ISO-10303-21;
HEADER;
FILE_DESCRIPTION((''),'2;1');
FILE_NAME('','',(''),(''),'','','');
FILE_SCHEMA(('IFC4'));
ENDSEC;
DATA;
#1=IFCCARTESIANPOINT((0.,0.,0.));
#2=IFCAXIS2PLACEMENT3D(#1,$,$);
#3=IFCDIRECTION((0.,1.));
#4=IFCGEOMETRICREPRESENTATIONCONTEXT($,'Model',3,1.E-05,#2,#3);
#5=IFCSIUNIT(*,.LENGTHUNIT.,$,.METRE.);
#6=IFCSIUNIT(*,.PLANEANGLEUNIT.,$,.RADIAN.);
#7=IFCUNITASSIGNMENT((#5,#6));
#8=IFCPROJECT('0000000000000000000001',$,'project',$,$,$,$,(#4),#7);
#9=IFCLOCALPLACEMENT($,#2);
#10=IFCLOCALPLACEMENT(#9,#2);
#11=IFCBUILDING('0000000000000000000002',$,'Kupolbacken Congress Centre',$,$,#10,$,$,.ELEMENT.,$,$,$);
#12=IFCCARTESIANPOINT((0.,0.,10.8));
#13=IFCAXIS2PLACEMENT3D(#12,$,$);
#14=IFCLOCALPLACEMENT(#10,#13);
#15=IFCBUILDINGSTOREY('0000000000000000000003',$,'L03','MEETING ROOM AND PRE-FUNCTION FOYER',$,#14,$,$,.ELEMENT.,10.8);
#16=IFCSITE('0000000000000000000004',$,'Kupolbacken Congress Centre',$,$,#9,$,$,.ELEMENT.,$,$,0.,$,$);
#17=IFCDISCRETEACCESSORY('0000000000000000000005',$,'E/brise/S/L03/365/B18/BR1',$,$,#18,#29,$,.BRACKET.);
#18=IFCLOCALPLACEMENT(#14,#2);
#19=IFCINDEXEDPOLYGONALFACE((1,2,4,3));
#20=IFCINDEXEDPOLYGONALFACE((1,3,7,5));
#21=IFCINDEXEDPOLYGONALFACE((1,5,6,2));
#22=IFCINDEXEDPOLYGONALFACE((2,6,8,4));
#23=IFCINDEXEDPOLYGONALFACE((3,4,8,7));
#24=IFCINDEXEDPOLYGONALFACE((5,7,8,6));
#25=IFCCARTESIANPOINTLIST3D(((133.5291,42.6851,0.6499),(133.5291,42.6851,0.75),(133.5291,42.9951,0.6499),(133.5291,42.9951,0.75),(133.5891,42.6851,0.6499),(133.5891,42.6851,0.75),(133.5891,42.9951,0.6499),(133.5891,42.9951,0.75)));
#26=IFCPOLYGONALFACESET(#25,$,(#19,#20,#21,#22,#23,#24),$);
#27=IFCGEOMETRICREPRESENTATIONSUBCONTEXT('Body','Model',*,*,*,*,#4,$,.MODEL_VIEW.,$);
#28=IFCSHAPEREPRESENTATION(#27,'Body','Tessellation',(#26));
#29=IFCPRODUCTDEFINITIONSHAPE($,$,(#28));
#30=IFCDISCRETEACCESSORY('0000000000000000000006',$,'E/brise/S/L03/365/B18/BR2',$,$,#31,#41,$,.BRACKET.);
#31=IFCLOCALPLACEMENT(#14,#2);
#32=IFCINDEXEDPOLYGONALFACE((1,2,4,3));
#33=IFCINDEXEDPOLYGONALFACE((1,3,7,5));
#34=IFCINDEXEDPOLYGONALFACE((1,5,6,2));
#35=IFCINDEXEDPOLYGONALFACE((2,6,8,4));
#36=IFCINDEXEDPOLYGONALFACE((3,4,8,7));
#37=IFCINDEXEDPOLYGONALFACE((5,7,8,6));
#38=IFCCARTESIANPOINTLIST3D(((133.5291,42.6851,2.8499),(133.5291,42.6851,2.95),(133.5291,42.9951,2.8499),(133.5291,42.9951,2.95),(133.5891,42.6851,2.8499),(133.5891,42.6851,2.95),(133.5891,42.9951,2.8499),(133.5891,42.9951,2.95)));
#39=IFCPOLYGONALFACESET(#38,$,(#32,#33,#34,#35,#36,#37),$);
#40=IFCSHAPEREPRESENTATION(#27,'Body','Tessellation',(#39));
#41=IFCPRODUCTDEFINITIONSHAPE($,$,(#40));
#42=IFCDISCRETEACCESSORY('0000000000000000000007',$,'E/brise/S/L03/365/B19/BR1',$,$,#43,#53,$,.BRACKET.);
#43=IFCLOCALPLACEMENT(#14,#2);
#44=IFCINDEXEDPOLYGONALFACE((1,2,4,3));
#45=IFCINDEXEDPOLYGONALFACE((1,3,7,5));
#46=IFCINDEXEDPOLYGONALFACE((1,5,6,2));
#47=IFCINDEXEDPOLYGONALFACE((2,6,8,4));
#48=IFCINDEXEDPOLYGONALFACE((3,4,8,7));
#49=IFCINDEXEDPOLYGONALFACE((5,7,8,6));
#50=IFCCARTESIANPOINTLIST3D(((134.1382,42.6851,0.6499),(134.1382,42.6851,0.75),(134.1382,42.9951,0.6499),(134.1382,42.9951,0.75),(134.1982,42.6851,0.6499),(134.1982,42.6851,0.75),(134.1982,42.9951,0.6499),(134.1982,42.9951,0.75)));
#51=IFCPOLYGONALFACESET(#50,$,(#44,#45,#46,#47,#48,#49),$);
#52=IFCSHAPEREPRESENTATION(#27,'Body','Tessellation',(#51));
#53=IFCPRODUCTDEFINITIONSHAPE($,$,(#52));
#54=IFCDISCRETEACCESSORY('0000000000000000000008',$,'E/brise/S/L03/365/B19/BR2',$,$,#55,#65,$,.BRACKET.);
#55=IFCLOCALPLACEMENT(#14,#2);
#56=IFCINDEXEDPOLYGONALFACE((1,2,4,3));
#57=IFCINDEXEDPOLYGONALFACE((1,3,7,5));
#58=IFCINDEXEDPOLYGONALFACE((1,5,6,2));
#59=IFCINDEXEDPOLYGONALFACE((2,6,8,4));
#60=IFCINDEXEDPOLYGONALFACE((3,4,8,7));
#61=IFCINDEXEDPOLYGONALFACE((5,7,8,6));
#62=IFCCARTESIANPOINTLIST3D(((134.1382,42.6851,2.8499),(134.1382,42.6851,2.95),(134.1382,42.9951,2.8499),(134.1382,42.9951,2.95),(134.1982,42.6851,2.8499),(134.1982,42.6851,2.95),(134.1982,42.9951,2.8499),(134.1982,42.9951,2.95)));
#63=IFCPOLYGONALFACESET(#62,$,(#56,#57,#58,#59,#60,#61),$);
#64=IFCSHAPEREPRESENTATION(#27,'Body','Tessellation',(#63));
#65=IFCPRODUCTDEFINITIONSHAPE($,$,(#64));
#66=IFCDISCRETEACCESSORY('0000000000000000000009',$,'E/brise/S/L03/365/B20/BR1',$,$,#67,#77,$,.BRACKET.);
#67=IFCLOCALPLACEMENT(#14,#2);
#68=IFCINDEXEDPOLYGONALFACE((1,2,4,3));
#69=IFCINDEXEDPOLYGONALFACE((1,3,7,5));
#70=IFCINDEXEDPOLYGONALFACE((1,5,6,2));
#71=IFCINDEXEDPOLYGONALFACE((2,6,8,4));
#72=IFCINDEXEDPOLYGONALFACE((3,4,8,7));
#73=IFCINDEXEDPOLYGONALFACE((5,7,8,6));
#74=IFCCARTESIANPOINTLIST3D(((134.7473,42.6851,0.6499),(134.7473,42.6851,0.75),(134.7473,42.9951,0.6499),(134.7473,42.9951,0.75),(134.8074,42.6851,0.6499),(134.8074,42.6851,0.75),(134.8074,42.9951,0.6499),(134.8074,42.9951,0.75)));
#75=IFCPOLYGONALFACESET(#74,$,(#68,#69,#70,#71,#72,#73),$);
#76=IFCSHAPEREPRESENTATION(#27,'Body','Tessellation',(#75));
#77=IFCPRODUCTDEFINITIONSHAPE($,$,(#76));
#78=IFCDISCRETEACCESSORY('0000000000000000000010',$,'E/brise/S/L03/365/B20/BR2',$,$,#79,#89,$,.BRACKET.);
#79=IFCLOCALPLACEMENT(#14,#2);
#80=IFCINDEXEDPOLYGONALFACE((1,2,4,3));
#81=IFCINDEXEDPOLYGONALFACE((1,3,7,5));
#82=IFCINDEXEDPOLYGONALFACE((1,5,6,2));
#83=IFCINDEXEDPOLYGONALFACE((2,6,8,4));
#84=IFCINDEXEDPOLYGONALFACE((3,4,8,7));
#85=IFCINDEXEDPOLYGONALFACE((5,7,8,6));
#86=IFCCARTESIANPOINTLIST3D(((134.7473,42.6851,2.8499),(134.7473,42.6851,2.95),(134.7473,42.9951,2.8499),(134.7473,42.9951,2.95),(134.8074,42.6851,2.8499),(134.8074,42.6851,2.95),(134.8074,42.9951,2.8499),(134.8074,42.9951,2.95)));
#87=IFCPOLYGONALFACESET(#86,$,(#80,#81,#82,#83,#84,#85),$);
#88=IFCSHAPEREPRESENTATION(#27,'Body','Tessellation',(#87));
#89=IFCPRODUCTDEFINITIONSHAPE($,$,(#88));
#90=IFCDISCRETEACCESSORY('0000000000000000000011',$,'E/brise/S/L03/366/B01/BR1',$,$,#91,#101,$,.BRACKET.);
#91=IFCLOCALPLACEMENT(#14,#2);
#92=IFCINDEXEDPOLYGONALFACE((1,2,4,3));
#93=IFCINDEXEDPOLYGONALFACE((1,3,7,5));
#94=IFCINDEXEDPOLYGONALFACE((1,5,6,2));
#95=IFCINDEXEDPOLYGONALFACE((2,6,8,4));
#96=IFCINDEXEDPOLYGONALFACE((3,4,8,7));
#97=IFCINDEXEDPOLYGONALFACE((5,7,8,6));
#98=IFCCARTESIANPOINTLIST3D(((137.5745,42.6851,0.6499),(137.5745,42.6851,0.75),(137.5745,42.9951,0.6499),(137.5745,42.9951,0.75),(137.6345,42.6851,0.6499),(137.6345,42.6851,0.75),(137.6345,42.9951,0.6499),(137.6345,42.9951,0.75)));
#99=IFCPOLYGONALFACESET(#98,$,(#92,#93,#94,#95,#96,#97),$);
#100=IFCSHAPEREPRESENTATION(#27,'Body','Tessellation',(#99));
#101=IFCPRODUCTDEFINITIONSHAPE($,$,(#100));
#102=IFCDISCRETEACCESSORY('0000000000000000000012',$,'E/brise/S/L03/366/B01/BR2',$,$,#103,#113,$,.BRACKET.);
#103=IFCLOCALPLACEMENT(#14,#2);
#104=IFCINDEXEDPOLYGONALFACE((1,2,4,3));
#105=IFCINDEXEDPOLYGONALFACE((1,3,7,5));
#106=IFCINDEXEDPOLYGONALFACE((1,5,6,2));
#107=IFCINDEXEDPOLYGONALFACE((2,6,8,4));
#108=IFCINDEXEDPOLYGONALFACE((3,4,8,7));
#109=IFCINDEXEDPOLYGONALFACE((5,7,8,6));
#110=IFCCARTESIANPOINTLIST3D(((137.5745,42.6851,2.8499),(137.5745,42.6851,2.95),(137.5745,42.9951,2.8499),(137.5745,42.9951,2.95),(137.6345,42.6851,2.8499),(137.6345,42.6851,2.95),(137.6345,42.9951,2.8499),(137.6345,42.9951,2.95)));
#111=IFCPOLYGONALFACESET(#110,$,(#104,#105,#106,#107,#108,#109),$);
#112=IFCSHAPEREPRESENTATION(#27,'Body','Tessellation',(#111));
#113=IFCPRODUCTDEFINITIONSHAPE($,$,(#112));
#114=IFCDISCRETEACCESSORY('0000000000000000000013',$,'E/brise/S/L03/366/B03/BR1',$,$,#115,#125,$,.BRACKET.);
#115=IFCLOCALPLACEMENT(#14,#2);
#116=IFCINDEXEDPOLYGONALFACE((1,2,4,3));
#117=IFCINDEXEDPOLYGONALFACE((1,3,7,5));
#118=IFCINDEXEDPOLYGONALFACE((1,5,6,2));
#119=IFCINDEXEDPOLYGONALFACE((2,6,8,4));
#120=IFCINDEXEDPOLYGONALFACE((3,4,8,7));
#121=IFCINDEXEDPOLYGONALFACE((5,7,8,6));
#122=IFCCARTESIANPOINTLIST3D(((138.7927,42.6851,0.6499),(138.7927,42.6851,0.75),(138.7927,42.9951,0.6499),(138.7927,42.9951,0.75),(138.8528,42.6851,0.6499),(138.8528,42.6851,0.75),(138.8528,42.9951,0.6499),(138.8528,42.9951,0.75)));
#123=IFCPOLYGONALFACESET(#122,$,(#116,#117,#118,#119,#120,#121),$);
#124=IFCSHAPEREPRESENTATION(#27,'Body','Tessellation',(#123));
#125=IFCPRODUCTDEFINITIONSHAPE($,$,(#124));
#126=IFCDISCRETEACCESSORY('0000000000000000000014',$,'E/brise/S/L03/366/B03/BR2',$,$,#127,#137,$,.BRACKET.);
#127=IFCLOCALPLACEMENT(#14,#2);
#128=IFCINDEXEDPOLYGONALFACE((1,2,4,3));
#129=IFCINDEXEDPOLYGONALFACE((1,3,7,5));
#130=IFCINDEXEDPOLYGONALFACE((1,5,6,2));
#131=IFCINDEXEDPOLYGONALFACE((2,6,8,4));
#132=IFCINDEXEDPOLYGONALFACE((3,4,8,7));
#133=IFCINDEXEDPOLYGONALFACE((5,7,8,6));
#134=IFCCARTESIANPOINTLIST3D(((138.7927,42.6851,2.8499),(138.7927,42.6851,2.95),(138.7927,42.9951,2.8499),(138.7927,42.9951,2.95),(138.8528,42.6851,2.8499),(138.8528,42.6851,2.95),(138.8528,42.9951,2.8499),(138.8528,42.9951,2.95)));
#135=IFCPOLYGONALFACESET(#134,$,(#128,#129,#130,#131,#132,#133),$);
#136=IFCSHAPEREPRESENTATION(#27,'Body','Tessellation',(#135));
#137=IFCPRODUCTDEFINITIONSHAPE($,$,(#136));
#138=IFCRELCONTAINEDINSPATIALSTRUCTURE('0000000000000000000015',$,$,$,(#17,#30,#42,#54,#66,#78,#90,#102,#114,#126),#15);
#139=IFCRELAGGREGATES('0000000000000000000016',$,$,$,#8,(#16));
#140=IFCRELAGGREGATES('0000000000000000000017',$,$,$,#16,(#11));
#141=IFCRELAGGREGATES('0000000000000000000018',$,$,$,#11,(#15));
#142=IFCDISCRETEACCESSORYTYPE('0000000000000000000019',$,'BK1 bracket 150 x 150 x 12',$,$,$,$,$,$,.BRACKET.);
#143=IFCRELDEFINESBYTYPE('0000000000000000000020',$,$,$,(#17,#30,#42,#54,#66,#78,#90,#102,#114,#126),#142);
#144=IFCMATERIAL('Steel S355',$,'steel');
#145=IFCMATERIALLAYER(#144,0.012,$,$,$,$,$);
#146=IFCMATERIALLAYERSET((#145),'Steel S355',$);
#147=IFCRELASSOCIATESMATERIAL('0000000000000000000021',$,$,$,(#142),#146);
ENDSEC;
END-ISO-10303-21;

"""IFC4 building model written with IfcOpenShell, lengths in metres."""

from ifc_helpers import new_model, si_unit, direction, frame, origin, origin_2d, place, context, subcontext, project, spatial, rectangle, extrude, material, layer, layer_set, type_object, element, save


model = new_model("IFC4")

# Units and contexts
model_context = context("Model", 3, precision=1e-05, world=origin(), true_north=direction((0.0, 1.0)))
body_context = subcontext(model_context, "Body", "Model", "MODEL_VIEW")
ifc_project = project(units=[si_unit("LENGTHUNIT", "METRE"), si_unit("PLANEANGLEUNIT", "RADIAN")], contexts=[model_context])

# Site, building, storey
site_placement = place(None, origin())
site = spatial("IfcSite", under=ifc_project, at=site_placement, Name="Kupolbacken Congress Centre", CompositionType="ELEMENT", RefElevation=0.0)
building_placement = place(site_placement, origin())
building = spatial("IfcBuilding", under=site, at=building_placement, Name="Kupolbacken Congress Centre", CompositionType="ELEMENT")
storey_placement = place(building_placement, frame((0.0, 0.0, 10.8)))
storey = spatial("IfcBuildingStorey", under=building, at=storey_placement, Name="L03", Description="MEETING ROOM AND PRE-FUNCTION FOYER", CompositionType="ELEMENT", Elevation=10.8)

# Discrete accessories
ifc_material_1 = material(Name="Steel S355", Category="steel")
ifc_layer_1 = layer(ifc_material_1, 0.012)
ifc_layer_set_1 = layer_set([ifc_layer_1], Name="Steel S355")
discrete_accessory_type = type_object("IfcDiscreteAccessoryType", Name="BK1 bracket 150 x 150 x 12", PredefinedType="BRACKET", material=ifc_layer_set_1)
for number, where, z_axis, x_axis, name in (
    (1, (133.5591, 42.8401, 0.6499), (0.0, 0.0, 1.0), (1.0, 0.0, 0.0), "E/brise/S/L03/365/B18/BR1"),
    (2, (133.5591, 42.8401, 2.8499), (0.0, 0.0, 1.0), (1.0, 0.0, 0.0), "E/brise/S/L03/365/B18/BR2"),
    (3, (134.1682, 42.8401, 0.6499), (0.0, 0.0, 1.0), (1.0, 0.0, 0.0), "E/brise/S/L03/365/B19/BR1"),
    (4, (134.1682, 42.8401, 2.8499), (0.0, 0.0, 1.0), (1.0, 0.0, 0.0), "E/brise/S/L03/365/B19/BR2"),
    (5, (134.7773, 42.8401, 0.6499), (0.0, 0.0, 1.0), (1.0, 0.0, 0.0), "E/brise/S/L03/365/B20/BR1"),
    (6, (134.7773, 42.8401, 2.8499), (0.0, 0.0, 1.0), (1.0, 0.0, 0.0), "E/brise/S/L03/365/B20/BR2"),
    (7, (137.6045, 42.8401, 0.6499), (0.0, 0.0, 1.0), (1.0, 0.0, 0.0), "E/brise/S/L03/366/B01/BR1"),
    (8, (137.6045, 42.8401, 2.8499), (0.0, 0.0, 1.0), (1.0, 0.0, 0.0), "E/brise/S/L03/366/B01/BR2"),
    (9, (138.8228, 42.8401, 0.6499), (0.0, 0.0, 1.0), (1.0, 0.0, 0.0), "E/brise/S/L03/366/B03/BR1"),
    (10, (138.8228, 42.8401, 2.8499), (0.0, 0.0, 1.0), (1.0, 0.0, 0.0), "E/brise/S/L03/366/B03/BR2"),
):
    element("IfcDiscreteAccessory", number, at=place(storey_placement, frame(where, z_axis=z_axis, x_axis=x_axis)), inside=storey, type_object=discrete_accessory_type, Name=name, PredefinedType="BRACKET", context=body_context, shape_type="SweptSolid", body=[
        extrude(rectangle(XDim=0.0601, YDim=0.3101, at=origin_2d()), origin(), (0.0, 0.0, 1.0), 0.1001),
    ])

save(model, "model.ifc")
